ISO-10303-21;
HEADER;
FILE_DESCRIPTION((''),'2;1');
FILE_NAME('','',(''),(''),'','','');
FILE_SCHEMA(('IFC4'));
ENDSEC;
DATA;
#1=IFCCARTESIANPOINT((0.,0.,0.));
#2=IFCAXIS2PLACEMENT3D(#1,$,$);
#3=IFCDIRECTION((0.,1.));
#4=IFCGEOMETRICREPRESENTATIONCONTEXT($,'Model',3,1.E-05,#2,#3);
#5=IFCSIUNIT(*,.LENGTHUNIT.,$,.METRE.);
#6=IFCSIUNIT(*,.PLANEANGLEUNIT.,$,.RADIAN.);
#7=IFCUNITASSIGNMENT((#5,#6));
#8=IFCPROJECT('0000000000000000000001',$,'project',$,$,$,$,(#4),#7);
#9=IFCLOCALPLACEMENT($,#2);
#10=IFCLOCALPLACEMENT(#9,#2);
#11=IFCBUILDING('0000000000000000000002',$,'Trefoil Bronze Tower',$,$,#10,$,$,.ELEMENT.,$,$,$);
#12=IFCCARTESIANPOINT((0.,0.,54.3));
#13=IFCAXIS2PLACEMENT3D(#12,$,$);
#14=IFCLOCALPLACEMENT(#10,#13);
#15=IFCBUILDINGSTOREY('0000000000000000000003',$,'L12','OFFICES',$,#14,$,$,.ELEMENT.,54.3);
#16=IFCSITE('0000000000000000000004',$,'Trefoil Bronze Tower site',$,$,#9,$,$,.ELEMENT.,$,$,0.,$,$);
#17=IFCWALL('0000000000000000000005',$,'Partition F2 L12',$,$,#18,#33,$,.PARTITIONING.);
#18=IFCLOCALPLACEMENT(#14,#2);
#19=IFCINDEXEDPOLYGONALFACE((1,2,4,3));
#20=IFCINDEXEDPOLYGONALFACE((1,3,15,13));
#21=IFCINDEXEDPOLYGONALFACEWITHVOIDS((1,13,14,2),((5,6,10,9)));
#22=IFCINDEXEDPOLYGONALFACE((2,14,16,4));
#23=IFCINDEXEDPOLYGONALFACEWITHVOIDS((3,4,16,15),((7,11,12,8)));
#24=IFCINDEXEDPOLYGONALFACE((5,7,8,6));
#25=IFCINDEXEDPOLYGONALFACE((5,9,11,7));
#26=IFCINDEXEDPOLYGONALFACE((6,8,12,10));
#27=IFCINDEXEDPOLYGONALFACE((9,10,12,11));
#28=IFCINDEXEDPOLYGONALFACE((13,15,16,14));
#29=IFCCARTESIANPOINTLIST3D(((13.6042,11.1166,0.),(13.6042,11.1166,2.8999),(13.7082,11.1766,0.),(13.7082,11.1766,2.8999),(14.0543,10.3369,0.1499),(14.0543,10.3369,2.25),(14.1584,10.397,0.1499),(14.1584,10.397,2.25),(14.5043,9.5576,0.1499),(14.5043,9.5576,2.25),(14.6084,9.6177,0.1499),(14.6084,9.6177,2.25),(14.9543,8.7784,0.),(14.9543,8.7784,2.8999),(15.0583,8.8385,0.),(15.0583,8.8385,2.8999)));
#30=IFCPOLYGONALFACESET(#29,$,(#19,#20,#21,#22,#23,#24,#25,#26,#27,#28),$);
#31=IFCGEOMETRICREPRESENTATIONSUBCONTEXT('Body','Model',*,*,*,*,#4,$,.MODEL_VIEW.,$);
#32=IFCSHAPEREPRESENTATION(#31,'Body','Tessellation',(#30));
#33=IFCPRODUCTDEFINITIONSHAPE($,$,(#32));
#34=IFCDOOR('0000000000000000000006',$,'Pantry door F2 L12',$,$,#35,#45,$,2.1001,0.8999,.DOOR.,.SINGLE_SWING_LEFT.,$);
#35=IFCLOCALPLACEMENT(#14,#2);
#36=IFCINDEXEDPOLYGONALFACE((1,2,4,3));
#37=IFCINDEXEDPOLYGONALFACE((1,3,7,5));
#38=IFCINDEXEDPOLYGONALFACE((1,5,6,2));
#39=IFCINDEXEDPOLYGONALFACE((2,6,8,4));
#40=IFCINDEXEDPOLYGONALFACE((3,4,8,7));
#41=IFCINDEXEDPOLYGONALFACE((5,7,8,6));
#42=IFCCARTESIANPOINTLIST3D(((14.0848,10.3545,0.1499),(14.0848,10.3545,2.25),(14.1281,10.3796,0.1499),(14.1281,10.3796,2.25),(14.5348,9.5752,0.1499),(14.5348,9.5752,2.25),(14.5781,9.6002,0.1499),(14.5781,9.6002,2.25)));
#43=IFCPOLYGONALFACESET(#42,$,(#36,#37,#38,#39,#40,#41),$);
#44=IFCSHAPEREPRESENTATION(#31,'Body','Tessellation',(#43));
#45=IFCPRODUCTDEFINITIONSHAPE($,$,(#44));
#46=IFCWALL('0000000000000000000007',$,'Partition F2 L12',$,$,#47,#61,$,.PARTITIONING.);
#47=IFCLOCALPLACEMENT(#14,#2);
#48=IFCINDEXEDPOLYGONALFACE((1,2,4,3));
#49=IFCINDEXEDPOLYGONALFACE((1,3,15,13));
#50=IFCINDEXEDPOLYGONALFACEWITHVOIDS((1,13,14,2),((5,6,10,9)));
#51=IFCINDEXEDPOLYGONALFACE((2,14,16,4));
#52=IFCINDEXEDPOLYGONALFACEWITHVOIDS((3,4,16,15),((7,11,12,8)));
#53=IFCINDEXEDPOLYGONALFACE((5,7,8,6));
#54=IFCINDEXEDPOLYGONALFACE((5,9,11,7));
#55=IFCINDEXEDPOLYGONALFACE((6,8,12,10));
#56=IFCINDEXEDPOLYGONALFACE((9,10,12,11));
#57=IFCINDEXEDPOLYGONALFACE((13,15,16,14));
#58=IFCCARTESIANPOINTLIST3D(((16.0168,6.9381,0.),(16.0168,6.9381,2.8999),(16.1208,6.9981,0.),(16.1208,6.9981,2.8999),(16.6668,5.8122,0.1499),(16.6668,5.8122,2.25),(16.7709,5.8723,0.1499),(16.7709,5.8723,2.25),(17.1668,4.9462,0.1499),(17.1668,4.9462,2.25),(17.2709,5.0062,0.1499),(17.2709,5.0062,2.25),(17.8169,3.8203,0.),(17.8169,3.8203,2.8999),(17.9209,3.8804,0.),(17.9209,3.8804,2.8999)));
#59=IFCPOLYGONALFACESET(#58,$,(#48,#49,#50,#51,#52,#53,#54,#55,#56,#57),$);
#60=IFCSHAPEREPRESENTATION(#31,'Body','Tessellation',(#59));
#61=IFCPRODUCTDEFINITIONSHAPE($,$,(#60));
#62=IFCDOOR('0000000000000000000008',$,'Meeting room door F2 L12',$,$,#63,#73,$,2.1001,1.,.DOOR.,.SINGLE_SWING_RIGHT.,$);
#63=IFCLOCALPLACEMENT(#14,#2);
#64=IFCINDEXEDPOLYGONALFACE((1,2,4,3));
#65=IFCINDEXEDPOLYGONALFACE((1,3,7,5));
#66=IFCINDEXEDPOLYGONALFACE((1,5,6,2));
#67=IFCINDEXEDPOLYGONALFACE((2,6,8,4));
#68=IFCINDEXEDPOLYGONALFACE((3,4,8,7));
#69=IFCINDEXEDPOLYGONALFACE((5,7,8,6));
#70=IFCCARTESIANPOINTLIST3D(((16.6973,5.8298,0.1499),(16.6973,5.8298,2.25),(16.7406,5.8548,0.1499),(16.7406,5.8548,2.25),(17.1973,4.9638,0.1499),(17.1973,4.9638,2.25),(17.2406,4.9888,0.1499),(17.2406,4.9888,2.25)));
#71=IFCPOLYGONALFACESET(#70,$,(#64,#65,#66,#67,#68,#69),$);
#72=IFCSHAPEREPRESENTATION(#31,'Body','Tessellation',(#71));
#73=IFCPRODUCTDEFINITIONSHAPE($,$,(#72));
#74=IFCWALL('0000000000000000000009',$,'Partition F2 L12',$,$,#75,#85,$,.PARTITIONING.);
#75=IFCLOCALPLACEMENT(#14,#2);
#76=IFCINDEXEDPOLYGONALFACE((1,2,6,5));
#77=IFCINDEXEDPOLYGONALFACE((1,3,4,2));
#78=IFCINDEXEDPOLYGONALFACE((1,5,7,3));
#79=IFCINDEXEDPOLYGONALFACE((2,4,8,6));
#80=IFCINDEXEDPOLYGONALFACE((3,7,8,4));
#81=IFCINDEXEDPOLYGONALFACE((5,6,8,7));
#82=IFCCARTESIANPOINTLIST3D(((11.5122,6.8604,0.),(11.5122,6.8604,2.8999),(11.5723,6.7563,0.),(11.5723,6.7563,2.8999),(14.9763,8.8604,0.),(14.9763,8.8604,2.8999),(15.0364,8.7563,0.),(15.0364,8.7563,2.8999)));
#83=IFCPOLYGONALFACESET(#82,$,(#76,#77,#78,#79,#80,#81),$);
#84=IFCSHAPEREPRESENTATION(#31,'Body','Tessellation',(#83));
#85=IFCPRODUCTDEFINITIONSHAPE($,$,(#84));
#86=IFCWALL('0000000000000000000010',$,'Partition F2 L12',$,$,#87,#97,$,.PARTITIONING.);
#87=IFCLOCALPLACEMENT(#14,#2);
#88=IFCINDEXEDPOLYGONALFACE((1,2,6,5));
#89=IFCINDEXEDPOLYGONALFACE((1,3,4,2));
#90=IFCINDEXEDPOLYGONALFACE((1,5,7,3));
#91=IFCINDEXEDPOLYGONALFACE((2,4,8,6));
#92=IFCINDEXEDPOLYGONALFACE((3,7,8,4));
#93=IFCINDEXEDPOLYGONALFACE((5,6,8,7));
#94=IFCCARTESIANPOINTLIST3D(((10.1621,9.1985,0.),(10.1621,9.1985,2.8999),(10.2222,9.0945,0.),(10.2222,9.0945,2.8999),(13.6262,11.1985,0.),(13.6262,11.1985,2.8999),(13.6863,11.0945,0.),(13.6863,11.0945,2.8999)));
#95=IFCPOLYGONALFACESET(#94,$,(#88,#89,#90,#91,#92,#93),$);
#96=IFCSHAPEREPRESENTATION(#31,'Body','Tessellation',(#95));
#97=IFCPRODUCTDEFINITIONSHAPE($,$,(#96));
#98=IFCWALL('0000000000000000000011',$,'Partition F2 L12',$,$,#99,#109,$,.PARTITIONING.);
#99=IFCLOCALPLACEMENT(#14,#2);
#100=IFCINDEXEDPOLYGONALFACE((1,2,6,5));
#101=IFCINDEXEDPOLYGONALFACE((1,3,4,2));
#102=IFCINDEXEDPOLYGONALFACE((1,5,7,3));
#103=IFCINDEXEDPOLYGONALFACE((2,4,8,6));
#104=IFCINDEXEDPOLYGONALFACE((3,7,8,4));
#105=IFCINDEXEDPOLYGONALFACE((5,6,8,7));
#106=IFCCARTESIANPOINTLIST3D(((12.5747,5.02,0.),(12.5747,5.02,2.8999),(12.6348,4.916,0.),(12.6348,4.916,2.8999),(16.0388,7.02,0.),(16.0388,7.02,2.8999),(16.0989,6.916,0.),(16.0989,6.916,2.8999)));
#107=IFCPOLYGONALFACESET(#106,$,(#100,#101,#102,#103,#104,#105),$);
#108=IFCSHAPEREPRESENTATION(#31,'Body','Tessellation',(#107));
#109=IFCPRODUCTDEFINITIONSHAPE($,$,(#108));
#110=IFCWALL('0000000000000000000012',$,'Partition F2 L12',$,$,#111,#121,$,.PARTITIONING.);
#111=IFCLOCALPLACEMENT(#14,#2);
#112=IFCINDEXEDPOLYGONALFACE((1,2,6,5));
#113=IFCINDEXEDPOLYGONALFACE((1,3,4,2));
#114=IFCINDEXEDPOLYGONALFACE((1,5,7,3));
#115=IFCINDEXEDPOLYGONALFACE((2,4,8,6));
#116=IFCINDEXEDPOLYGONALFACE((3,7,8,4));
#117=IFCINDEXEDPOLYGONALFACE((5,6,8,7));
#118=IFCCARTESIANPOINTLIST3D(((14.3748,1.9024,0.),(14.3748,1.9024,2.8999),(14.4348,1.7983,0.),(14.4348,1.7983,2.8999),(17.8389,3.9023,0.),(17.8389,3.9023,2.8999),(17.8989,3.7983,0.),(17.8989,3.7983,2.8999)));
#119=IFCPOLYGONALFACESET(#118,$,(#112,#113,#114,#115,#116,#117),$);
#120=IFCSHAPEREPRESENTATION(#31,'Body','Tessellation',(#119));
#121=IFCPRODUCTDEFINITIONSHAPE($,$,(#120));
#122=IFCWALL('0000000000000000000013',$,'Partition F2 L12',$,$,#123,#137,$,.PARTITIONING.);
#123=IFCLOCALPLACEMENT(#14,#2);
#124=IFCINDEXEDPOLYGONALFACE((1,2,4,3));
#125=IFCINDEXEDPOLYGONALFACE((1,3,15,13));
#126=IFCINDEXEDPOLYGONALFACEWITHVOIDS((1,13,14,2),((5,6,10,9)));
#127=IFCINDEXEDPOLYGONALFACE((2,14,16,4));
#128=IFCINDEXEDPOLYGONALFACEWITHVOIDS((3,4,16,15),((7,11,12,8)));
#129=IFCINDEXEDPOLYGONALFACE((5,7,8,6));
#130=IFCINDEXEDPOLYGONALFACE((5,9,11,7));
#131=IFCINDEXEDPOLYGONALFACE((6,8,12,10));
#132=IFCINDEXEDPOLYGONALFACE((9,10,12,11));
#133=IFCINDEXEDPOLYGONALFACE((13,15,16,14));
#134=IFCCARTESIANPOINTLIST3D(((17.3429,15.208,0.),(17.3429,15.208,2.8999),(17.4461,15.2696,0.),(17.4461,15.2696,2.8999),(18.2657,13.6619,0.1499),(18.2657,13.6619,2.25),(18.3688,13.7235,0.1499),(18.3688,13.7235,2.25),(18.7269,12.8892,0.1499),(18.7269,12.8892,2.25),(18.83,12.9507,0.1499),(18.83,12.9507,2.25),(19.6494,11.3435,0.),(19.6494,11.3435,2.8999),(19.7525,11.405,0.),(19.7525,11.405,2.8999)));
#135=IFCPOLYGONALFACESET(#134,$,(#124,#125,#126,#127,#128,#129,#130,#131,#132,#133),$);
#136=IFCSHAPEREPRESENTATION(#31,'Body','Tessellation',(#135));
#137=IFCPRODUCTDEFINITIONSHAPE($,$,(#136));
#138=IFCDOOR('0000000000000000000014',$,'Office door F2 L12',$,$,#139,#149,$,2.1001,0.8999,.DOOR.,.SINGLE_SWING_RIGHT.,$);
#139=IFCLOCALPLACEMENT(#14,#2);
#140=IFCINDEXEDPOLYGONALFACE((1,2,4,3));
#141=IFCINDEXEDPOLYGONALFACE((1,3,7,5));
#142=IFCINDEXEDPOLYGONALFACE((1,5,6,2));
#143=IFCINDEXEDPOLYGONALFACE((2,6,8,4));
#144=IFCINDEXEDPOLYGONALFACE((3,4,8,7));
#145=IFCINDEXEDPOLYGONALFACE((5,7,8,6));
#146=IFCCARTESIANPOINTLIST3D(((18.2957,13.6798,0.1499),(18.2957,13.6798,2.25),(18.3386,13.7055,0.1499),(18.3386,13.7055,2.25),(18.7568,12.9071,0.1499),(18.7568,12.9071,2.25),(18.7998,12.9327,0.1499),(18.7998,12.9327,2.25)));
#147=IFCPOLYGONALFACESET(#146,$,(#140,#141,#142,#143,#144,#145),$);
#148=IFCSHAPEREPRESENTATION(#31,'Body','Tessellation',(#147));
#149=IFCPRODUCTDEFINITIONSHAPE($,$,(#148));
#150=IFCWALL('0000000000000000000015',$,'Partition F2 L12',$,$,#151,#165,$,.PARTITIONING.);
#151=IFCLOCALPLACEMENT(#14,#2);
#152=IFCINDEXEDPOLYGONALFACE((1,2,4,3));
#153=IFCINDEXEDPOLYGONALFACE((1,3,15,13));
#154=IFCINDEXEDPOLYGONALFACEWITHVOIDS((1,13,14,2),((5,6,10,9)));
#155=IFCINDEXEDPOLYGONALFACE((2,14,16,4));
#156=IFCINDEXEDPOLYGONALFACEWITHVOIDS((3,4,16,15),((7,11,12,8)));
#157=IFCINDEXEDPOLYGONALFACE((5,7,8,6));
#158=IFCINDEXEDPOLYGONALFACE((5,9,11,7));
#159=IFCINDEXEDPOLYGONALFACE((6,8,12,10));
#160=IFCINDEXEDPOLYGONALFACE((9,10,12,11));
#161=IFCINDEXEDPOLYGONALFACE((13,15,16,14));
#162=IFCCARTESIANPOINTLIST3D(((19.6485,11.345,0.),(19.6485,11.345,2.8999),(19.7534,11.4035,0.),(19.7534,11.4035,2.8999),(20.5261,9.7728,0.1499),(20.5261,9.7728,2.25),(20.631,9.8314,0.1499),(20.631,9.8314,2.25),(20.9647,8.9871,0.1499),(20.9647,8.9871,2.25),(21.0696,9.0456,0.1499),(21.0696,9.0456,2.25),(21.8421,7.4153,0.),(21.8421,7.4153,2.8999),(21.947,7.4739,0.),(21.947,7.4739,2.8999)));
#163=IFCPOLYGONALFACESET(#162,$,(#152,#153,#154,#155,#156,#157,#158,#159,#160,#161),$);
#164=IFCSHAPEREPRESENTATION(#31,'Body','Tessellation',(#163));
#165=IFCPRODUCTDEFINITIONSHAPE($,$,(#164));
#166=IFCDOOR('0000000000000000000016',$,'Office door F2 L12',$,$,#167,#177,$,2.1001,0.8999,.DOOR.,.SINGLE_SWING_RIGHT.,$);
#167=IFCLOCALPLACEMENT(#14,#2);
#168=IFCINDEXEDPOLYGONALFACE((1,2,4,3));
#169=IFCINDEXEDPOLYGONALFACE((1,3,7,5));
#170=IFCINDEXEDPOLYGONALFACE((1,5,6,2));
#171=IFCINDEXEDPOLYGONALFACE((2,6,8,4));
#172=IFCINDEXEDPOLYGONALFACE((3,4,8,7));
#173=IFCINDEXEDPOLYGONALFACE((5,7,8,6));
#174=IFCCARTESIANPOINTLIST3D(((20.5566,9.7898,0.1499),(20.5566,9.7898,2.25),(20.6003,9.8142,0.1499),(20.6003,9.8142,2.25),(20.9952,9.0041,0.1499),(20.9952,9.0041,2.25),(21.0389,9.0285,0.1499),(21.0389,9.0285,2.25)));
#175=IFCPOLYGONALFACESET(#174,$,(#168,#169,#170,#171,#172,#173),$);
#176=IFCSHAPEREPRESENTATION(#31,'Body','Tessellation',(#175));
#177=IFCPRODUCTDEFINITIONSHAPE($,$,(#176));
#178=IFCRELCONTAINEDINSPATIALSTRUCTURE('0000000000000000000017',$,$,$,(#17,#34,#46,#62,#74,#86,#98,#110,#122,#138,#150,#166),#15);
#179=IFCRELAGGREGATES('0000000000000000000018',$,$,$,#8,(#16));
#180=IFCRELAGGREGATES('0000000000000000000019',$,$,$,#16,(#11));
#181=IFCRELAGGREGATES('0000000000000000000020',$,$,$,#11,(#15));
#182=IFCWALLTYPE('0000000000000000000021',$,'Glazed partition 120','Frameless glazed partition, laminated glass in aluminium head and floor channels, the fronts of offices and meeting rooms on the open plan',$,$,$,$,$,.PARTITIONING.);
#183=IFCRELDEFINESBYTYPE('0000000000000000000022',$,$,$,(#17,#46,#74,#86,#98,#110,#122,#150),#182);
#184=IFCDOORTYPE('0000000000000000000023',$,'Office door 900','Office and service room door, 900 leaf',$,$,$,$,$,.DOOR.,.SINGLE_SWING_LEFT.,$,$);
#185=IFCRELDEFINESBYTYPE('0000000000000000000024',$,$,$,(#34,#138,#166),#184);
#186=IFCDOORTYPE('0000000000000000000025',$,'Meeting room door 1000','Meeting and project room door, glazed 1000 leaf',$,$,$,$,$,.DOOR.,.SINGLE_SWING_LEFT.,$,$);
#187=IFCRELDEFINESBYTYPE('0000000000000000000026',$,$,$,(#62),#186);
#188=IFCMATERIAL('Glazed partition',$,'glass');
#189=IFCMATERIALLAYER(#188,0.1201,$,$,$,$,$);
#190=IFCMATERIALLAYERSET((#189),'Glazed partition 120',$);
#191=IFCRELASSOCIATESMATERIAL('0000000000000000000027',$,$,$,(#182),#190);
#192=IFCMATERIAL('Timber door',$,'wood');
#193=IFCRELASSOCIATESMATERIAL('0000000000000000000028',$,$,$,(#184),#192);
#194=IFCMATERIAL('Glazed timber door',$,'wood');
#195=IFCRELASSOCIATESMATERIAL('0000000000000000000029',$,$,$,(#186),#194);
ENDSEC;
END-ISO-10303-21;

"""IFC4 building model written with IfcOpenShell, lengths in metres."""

from ifc_helpers import new_model, si_unit, direction, frame, frame_2d, origin, place, context, subcontext, project, spatial, rectangle, extrude, material, layer, layer_set, type_object, element, fill, save


model = new_model("IFC4")

# Units and contexts
model_context = context("Model", 3, precision=1e-05, world=origin(), true_north=direction((0.0, 1.0)))
body_context = subcontext(model_context, "Body", "Model", "MODEL_VIEW")
ifc_project = project(units=[si_unit("LENGTHUNIT", "METRE"), si_unit("PLANEANGLEUNIT", "RADIAN")], contexts=[model_context])

# Site, building, storey
site_placement = place(None, origin())
site = spatial("IfcSite", under=ifc_project, at=site_placement, Name="Trefoil Bronze Tower site", CompositionType="ELEMENT", RefElevation=0.0)
building_placement = place(site_placement, origin())
building = spatial("IfcBuilding", under=site, at=building_placement, Name="Trefoil Bronze Tower", CompositionType="ELEMENT")
storey_placement = place(building_placement, frame((0.0, 0.0, 54.3)))
storey = spatial("IfcBuildingStorey", under=building, at=storey_placement, Name="L12", Description="OFFICES", CompositionType="ELEMENT", Elevation=54.3)

# Walls, openings, doors
ifc_material_1 = material(Name="Glazed partition", Category="glass")
ifc_layer_1 = layer(ifc_material_1, 0.1201)
ifc_layer_set_1 = layer_set([ifc_layer_1], Name="Glazed partition 120")
wall_type_1 = type_object("IfcWallType", Name="Glazed partition 120", Description="Frameless glazed partition, laminated glass in aluminium head and floor channels, the fronts of offices and meeting rooms on the open plan", PredefinedType="PARTITIONING", material=ifc_layer_set_1)
wall_1_placement = place(storey_placement, frame((15.0063, 8.8083, 0.0), z_axis=(0.0, 0.0, 1.0), x_axis=(-0.500049, 0.865997, 0.0)))
wall_1 = element("IfcWall", 1, at=wall_1_placement, inside=storey, type_object=wall_type_1, Name="Partition F2 L12", PredefinedType="PARTITIONING", context=body_context, shape_type="SweptSolid", body=[
    extrude(rectangle(XDim=2.7, YDim=0.1201, at=frame_2d((1.3501, 0.0))), origin(), (0.0, 0.0, 1.0), 2.8999),
])
opening_1_placement = place(wall_1_placement, frame((0.8999, 0.0, 0.1499)))
opening_1 = element("IfcOpeningElement", 2, at=opening_1_placement, cuts=wall_1, PredefinedType="OPENING", context=body_context, shape_type="SweptSolid", body=[
    extrude(rectangle(XDim=0.8999, YDim=2.1001, at=frame_2d((0.45, 1.05))), frame((0.0, 0.0701, 0.0), z_axis=(0.0, -1.0, 0.0), x_axis=(1.0, 0.0, 0.0)), (0.0, 0.0, 1.0), 0.1401),
])
ifc_material_2 = material(Name="Timber door", Category="wood")
door_type_1 = type_object("IfcDoorType", Name="Office door 900", Description="Office and service room door, 900 leaf", OperationType="SINGLE_SWING_LEFT", PredefinedType="DOOR", material=ifc_material_2)
door_1_placement = place(opening_1_placement, origin())
door_1 = element("IfcDoor", 3, at=door_1_placement, inside=storey, type_object=door_type_1, Name="Pantry door F2 L12", OperationType="SINGLE_SWING_LEFT", OverallHeight=2.1001, OverallWidth=0.8999, PredefinedType="DOOR", context=body_context, shape_type="SweptSolid", body=[
    extrude(rectangle(XDim=0.8999, YDim=2.1001, at=frame_2d((0.45, 1.05))), frame((0.0, 0.0249, 0.0), z_axis=(0.0, -1.0, 0.0), x_axis=(1.0, 0.0, 0.0)), (0.0, 0.0, 1.0), 0.05),
])
fill(opening_1, door_1)
wall_2_placement = place(storey_placement, frame((17.8689, 3.8503, 0.0), z_axis=(0.0, 0.0, 1.0), x_axis=(-0.500012, 0.866018, 0.0)))
wall_2 = element("IfcWall", 4, at=wall_2_placement, inside=storey, type_object=wall_type_1, Name="Partition F2 L12", PredefinedType="PARTITIONING", context=body_context, shape_type="SweptSolid", body=[
    extrude(rectangle(XDim=3.6001, YDim=0.1201, at=frame_2d((1.8, 0.0))), origin(), (0.0, 0.0, 1.0), 2.8999),
])
opening_2_placement = place(wall_2_placement, frame((1.3, 0.0, 0.1499)))
opening_2 = element("IfcOpeningElement", 5, at=opening_2_placement, cuts=wall_2, PredefinedType="OPENING", context=body_context, shape_type="SweptSolid", body=[
    extrude(rectangle(XDim=1.0, YDim=2.1001, at=frame_2d((0.5, 1.05))), frame((0.0, 0.0701, 0.0), z_axis=(0.0, -1.0, 0.0), x_axis=(1.0, 0.0, 0.0)), (0.0, 0.0, 1.0), 0.1401),
])
ifc_material_3 = material(Name="Glazed timber door", Category="wood")
door_type_2 = type_object("IfcDoorType", Name="Meeting room door 1000", Description="Meeting and project room door, glazed 1000 leaf", OperationType="SINGLE_SWING_LEFT", PredefinedType="DOOR", material=ifc_material_3)
door_2_placement = place(opening_2_placement, origin())
door_2 = element("IfcDoor", 6, at=door_2_placement, inside=storey, type_object=door_type_2, Name="Meeting room door F2 L12", OperationType="SINGLE_SWING_RIGHT", OverallHeight=2.1001, OverallWidth=1.0, PredefinedType="DOOR", context=body_context, shape_type="SweptSolid", body=[
    extrude(rectangle(XDim=1.0, YDim=2.1001, at=frame_2d((0.5, 1.05))), frame((0.0, 0.0249, 0.0), z_axis=(0.0, -1.0, 0.0), x_axis=(1.0, 0.0, 0.0)), (0.0, 0.0, 1.0), 0.05),
])
fill(opening_2, door_2)

# Walls
for number, where, z_axis, x_axis, name in (
    (7, (11.5422, 6.8083, 0.0), (0.0, 0.0, 1.0), (0.866026, 0.499999, 0.0), "Partition F2 L12"),
    (8, (10.1921, 9.1465, 0.0), (0.0, 0.0, 1.0), (0.866026, 0.499999, 0.0), "Partition F2 L12"),
    (9, (12.6047, 4.968, 0.0), (0.0, 0.0, 1.0), (0.866026, 0.499999, 0.0), "Partition F2 L12"),
    (10, (14.4048, 1.8503, 0.0), (0.0, 0.0, 1.0), (0.866026, 0.499999, 0.0), "Partition F2 L12"),
):
    element("IfcWall", number, at=place(storey_placement, frame(where, z_axis=z_axis, x_axis=x_axis)), inside=storey, type_object=wall_type_1, Name=name, PredefinedType="PARTITIONING", context=body_context, shape_type="SweptSolid", body=[
        extrude(rectangle(XDim=4.0, YDim=0.1201, at=frame_2d((2.0, 0.0))), origin(), (0.0, 0.0, 1.0), 2.8999),
    ])

# Walls, openings, doors
wall_3_placement = place(storey_placement, frame((19.7009, 11.3743, 0.0), z_axis=(0.0, 0.0, 1.0), x_axis=(-0.512484, 0.858697, 0.0)))
wall_3 = element("IfcWall", 11, at=wall_3_placement, inside=storey, type_object=wall_type_1, Name="Partition F2 L12", PredefinedType="PARTITIONING", context=body_context, shape_type="SweptSolid", body=[
    extrude(rectangle(XDim=4.5005, YDim=0.1201, at=frame_2d((2.2502, 0.0))), origin(), (0.0, 0.0, 1.0), 2.8999),
])
opening_3_placement = place(wall_3_placement, frame((1.8, 0.0, 0.1499)))
opening_3 = element("IfcOpeningElement", 12, at=opening_3_placement, cuts=wall_3, PredefinedType="OPENING", context=body_context, shape_type="SweptSolid", body=[
    extrude(rectangle(XDim=0.8999, YDim=2.1001, at=frame_2d((0.45, 1.05))), frame((0.0, 0.0701, 0.0), z_axis=(0.0, -1.0, 0.0), x_axis=(1.0, 0.0, 0.0)), (0.0, 0.0, 1.0), 0.1401),
])
door_3_placement = place(opening_3_placement, frame((0.8999, 0.0, 0.0), z_axis=(0.0, 0.0, 1.0), x_axis=(-1.0, 0.0, 0.0)))
door_3 = element("IfcDoor", 13, at=door_3_placement, inside=storey, type_object=door_type_1, Name="Office door F2 L12", OperationType="SINGLE_SWING_RIGHT", OverallHeight=2.1001, OverallWidth=0.8999, PredefinedType="DOOR", context=body_context, shape_type="SweptSolid", body=[
    extrude(rectangle(XDim=0.8999, YDim=2.1001, at=frame_2d((0.45, 1.05))), frame((0.0, 0.0249, 0.0), z_axis=(0.0, -1.0, 0.0), x_axis=(1.0, 0.0, 0.0)), (0.0, 0.0, 1.0), 0.05),
])
fill(opening_3, door_3)
wall_4_placement = place(storey_placement, frame((21.8945, 7.4446, 0.0), z_axis=(0.0, 0.0, 1.0), x_axis=(-0.487415, 0.87317, 0.0)))
wall_4 = element("IfcWall", 14, at=wall_4_placement, inside=storey, type_object=wall_type_1, Name="Partition F2 L12", PredefinedType="PARTITIONING", context=body_context, shape_type="SweptSolid", body=[
    extrude(rectangle(XDim=4.5005, YDim=0.1201, at=frame_2d((2.2502, 0.0))), origin(), (0.0, 0.0, 1.0), 2.8999),
])
opening_4_placement = place(wall_4_placement, frame((1.8, 0.0, 0.1499)))
opening_4 = element("IfcOpeningElement", 15, at=opening_4_placement, cuts=wall_4, PredefinedType="OPENING", context=body_context, shape_type="SweptSolid", body=[
    extrude(rectangle(XDim=0.8999, YDim=2.1001, at=frame_2d((0.45, 1.05))), frame((0.0, 0.0701, 0.0), z_axis=(0.0, -1.0, 0.0), x_axis=(1.0, 0.0, 0.0)), (0.0, 0.0, 1.0), 0.1401),
])
door_4_placement = place(opening_4_placement, frame((0.8999, 0.0, 0.0), z_axis=(0.0, 0.0, 1.0), x_axis=(-1.0, 0.0, 0.0)))
door_4 = element("IfcDoor", 16, at=door_4_placement, inside=storey, type_object=door_type_1, Name="Office door F2 L12", OperationType="SINGLE_SWING_RIGHT", OverallHeight=2.1001, OverallWidth=0.8999, PredefinedType="DOOR", context=body_context, shape_type="SweptSolid", body=[
    extrude(rectangle(XDim=0.8999, YDim=2.1001, at=frame_2d((0.45, 1.05))), frame((0.0, 0.0249, 0.0), z_axis=(0.0, -1.0, 0.0), x_axis=(1.0, 0.0, 0.0)), (0.0, 0.0, 1.0), 0.05),
])
fill(opening_4, door_4)

save(model, "model.ifc")
